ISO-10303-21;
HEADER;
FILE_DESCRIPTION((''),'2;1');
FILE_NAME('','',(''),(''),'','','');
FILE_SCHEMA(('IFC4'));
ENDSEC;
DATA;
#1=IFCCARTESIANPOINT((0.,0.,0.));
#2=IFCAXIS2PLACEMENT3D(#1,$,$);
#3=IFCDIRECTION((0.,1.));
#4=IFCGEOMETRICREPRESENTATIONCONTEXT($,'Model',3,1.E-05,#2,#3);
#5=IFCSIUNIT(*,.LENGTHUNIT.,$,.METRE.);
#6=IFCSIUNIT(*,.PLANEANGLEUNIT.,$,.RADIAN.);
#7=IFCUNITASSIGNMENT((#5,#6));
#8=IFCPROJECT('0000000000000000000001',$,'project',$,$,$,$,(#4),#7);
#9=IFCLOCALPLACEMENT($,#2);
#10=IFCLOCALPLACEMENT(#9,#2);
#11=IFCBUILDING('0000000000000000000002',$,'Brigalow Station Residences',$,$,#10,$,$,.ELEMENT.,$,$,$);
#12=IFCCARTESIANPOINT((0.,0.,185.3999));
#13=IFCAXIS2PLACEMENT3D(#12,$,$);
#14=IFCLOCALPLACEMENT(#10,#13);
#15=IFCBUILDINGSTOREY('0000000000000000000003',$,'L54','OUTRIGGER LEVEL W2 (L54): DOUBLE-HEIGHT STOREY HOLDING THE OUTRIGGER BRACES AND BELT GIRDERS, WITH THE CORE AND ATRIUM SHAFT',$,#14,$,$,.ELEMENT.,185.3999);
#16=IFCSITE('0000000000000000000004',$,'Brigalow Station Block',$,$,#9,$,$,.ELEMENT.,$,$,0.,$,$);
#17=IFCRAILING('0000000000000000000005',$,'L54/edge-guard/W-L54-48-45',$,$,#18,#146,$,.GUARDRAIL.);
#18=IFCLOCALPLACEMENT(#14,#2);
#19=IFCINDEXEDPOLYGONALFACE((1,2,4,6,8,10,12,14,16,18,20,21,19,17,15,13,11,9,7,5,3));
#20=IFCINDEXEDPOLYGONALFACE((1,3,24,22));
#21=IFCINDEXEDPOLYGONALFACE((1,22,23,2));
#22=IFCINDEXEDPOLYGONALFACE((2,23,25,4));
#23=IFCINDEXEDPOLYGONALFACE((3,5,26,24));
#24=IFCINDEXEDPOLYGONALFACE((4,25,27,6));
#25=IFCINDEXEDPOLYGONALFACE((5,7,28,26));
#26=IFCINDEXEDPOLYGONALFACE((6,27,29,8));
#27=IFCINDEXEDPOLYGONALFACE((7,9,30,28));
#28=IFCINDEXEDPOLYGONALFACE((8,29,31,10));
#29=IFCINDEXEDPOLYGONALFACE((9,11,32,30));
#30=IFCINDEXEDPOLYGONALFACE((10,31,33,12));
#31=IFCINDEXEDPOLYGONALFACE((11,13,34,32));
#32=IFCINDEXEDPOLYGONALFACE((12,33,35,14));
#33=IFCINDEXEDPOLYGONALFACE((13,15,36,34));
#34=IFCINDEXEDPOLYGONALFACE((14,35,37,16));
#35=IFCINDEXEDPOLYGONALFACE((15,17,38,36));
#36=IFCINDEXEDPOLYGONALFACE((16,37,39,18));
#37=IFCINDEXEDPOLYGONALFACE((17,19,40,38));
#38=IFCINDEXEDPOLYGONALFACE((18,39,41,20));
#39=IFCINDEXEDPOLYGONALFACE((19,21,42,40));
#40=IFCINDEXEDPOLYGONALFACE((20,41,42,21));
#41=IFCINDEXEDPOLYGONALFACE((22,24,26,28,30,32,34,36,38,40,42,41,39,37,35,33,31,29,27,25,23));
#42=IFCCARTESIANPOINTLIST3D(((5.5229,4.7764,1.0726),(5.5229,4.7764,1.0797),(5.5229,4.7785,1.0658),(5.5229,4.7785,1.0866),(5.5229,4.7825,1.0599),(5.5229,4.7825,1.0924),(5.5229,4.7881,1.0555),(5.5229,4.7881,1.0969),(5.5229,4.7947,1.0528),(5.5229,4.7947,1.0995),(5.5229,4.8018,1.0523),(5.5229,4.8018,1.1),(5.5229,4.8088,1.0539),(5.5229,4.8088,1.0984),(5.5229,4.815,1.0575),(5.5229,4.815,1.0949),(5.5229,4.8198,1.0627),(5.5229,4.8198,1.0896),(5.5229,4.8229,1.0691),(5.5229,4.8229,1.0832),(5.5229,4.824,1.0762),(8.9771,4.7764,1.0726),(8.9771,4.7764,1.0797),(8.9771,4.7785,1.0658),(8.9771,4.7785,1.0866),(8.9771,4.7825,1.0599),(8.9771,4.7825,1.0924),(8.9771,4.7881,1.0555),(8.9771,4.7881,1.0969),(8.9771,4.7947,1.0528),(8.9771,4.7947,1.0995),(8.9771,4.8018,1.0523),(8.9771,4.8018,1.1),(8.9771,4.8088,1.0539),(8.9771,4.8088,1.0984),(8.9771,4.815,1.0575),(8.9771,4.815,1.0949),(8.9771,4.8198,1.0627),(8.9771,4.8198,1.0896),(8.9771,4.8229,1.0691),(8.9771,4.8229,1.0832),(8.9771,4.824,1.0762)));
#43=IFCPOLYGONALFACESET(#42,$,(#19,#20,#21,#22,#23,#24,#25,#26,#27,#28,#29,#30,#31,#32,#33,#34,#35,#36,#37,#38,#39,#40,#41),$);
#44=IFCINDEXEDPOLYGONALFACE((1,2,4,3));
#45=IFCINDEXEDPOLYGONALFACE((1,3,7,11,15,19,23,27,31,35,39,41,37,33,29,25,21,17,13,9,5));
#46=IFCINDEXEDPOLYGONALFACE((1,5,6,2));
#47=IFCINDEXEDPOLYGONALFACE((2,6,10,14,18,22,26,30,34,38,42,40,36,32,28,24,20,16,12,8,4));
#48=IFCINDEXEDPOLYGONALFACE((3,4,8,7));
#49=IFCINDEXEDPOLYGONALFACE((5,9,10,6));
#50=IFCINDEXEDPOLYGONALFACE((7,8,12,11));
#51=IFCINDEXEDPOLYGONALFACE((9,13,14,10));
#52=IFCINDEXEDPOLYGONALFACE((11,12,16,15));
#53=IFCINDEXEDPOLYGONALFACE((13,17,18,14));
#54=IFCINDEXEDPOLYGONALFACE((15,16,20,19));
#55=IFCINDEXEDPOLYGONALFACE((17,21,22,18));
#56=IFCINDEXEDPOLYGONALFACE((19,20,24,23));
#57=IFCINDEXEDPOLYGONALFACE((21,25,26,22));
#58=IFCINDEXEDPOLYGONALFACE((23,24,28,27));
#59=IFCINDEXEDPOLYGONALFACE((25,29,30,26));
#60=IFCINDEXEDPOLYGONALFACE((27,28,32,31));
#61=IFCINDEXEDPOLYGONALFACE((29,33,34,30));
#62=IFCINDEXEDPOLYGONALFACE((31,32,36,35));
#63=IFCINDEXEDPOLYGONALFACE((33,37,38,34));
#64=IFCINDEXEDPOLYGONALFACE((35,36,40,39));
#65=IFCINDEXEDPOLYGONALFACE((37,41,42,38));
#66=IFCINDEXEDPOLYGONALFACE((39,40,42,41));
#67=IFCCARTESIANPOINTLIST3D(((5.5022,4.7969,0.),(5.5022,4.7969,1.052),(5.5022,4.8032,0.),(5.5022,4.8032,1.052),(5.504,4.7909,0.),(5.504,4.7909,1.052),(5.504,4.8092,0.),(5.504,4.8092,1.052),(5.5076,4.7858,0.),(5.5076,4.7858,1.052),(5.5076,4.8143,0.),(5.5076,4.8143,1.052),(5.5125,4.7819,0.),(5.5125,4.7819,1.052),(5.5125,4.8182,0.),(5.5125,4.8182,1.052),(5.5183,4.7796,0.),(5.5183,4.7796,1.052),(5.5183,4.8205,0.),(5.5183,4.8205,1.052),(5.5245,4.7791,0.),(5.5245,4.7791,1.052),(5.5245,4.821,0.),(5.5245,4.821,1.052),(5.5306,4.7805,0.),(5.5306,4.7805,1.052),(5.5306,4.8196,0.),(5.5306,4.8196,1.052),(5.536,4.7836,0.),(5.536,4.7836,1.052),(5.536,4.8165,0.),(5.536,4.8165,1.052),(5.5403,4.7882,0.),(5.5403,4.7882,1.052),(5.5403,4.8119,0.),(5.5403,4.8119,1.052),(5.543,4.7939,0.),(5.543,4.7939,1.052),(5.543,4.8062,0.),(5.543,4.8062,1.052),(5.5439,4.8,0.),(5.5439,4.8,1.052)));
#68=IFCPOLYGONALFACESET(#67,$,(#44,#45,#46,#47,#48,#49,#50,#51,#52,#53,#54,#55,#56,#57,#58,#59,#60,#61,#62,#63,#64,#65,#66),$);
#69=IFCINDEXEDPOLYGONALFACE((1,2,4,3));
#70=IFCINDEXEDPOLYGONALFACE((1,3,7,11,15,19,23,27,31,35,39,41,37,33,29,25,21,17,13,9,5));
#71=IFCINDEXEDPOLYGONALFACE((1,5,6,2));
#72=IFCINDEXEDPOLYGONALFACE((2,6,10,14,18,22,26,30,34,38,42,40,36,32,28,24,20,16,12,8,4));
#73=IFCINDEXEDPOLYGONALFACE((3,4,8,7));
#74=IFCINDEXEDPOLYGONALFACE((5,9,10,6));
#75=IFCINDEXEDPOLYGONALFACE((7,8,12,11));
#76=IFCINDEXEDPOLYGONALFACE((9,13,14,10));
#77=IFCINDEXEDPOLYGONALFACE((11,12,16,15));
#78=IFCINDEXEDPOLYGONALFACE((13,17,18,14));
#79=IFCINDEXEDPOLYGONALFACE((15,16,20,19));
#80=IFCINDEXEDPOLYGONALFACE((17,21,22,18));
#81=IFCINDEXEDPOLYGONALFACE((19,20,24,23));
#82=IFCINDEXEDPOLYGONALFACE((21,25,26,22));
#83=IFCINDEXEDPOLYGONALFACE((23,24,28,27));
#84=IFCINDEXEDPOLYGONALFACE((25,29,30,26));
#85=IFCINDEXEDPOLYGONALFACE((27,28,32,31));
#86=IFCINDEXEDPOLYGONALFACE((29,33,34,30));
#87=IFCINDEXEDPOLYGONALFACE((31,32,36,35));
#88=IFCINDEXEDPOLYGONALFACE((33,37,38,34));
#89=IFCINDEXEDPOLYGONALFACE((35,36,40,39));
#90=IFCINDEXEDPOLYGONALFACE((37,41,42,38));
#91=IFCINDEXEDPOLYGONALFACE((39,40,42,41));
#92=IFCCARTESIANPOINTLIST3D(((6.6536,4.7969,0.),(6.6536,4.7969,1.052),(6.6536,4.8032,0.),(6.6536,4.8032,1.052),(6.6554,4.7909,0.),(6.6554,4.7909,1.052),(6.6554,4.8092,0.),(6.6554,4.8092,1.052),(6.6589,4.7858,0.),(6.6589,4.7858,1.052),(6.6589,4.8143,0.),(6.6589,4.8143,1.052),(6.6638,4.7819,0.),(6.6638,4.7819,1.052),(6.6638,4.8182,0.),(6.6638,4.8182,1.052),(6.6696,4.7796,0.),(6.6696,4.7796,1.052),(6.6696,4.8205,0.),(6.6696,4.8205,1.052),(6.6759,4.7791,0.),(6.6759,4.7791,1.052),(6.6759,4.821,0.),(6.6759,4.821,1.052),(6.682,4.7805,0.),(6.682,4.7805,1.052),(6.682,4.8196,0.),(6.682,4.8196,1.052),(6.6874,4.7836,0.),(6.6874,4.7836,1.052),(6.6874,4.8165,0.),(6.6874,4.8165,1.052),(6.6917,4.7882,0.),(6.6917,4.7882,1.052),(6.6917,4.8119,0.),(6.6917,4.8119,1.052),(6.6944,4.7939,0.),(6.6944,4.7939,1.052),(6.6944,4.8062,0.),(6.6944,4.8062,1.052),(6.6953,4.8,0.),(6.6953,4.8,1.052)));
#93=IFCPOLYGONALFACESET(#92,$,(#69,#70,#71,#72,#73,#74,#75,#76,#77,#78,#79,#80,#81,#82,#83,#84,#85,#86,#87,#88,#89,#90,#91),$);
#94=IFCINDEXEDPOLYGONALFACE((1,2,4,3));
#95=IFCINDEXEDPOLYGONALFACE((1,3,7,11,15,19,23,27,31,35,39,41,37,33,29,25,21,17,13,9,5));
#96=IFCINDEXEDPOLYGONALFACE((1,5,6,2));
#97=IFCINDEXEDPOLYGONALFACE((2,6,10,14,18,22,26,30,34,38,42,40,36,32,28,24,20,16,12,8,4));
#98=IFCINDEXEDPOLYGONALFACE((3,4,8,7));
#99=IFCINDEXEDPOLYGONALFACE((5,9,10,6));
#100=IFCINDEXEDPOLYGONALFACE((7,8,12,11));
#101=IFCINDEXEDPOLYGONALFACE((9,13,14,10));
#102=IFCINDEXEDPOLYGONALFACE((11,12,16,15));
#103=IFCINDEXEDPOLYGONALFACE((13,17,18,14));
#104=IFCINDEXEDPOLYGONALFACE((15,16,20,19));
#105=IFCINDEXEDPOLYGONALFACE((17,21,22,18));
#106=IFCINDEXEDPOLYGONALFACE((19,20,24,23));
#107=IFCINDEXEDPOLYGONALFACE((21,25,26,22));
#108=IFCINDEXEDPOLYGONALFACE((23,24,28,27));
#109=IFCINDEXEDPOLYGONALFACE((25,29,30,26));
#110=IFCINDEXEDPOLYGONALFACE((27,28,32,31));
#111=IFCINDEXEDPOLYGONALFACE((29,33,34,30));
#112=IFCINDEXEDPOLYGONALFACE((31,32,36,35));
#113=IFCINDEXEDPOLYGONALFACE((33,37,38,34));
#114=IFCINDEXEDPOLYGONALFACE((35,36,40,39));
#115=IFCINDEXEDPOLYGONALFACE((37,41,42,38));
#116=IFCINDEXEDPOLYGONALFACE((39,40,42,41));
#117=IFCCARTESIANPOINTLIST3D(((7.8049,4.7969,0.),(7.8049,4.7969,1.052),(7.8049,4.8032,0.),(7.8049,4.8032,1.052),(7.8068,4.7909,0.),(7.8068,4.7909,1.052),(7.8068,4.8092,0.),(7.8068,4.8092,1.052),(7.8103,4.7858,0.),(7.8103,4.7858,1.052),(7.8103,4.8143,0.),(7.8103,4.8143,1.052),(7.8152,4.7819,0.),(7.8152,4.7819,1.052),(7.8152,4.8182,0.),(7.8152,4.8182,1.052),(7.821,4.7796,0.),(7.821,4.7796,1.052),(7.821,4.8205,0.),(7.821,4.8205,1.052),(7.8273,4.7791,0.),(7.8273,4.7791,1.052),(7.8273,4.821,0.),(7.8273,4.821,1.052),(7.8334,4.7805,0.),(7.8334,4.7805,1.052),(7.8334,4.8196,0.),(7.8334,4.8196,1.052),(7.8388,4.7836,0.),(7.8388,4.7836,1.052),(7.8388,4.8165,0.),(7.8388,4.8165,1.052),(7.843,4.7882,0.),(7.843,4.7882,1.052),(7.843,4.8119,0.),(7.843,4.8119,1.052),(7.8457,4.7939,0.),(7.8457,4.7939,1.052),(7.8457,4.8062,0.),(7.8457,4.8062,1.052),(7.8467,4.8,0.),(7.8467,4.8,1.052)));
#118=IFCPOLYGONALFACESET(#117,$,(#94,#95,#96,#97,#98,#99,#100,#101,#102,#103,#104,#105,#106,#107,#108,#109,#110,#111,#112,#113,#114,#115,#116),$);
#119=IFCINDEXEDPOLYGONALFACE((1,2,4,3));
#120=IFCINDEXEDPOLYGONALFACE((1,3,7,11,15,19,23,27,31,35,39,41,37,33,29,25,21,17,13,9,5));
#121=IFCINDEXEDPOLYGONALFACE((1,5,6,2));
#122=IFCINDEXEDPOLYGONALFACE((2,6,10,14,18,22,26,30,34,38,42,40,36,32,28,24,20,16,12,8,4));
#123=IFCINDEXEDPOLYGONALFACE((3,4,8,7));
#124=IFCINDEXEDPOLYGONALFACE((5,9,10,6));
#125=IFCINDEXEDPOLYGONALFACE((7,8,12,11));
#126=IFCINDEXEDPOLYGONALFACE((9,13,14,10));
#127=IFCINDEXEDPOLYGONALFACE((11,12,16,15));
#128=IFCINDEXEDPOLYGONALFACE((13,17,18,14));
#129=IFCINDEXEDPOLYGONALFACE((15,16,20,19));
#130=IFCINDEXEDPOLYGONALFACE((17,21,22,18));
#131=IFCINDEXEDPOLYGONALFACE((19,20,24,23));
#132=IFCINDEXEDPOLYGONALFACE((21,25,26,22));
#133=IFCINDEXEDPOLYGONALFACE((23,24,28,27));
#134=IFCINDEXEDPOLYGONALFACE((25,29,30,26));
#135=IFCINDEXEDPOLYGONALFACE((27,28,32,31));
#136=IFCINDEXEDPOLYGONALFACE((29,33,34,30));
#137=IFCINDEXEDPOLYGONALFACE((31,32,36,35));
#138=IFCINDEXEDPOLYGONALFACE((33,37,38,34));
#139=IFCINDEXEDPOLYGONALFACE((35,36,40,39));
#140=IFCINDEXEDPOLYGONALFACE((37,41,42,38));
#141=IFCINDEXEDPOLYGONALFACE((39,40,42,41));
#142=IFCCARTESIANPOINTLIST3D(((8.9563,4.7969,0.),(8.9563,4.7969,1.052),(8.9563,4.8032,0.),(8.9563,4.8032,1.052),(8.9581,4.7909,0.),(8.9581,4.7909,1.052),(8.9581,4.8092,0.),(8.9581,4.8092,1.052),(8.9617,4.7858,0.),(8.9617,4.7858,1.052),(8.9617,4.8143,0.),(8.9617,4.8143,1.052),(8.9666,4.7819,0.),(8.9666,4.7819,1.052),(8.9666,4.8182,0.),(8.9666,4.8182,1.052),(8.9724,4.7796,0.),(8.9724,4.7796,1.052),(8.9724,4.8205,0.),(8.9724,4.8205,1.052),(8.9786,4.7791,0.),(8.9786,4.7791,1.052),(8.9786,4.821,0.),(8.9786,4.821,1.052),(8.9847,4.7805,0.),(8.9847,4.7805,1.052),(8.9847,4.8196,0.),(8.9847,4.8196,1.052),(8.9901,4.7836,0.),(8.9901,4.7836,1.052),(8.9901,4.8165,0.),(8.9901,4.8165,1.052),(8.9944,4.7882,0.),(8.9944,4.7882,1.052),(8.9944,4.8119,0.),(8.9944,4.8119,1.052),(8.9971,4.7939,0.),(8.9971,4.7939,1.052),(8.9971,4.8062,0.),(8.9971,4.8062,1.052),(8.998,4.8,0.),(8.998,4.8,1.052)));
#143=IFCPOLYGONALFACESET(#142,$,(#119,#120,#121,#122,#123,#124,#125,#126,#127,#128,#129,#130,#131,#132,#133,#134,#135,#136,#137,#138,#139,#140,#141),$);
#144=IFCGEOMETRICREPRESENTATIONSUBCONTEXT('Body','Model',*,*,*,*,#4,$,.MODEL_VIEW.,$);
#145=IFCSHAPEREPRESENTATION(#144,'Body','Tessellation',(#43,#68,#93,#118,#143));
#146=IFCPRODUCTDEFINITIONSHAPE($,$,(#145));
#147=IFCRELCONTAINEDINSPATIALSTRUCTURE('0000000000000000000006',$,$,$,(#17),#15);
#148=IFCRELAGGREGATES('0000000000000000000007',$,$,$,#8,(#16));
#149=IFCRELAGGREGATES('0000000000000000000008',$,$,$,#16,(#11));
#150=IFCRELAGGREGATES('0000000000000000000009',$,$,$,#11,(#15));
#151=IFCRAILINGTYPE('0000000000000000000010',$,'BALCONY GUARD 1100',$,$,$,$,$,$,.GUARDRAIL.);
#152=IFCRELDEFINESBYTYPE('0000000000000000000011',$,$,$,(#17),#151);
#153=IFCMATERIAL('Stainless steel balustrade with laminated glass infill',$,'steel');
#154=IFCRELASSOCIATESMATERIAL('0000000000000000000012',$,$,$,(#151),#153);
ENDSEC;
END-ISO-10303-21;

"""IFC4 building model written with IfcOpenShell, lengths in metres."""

from ifc_helpers import new_model, si_unit, direction, frame, origin, origin_2d, place, context, subcontext, project, spatial, circle, extrude, material, type_object, element, save


model = new_model("IFC4")

# Units and contexts
model_context = context("Model", 3, precision=1e-05, world=origin(), true_north=direction((0.0, 1.0)))
body_context = subcontext(model_context, "Body", "Model", "MODEL_VIEW")
ifc_project = project(units=[si_unit("LENGTHUNIT", "METRE"), si_unit("PLANEANGLEUNIT", "RADIAN")], contexts=[model_context])

# Site, building, storey
site_placement = place(None, origin())
site = spatial("IfcSite", under=ifc_project, at=site_placement, Name="Brigalow Station Block", CompositionType="ELEMENT", RefElevation=0.0)
building_placement = place(site_placement, origin())
building = spatial("IfcBuilding", under=site, at=building_placement, Name="Brigalow Station Residences", CompositionType="ELEMENT")
storey_placement = place(building_placement, frame((0.0, 0.0, 185.3999)))
storey = spatial("IfcBuildingStorey", under=building, at=storey_placement, Name="L54", Description="OUTRIGGER LEVEL W2 (L54): DOUBLE-HEIGHT STOREY HOLDING THE OUTRIGGER BRACES AND BELT GIRDERS, WITH THE CORE AND ATRIUM SHAFT", CompositionType="ELEMENT", Elevation=185.3999)

# Railing
ifc_material_1 = material(Name="Stainless steel balustrade with laminated glass infill", Category="steel")
railing_type = type_object("IfcRailingType", Name="BALCONY GUARD 1100", PredefinedType="GUARDRAIL", material=ifc_material_1)
railing_1_placement = place(storey_placement, frame((5.5229, 4.8, 0.0)))
element("IfcRailing", 1, at=railing_1_placement, inside=storey, type_object=railing_type, Name="L54/edge-guard/W-L54-48-45", PredefinedType="GUARDRAIL", context=body_context, shape_type="SweptSolid", body=[
    extrude(circle(Radius=0.0239, at=origin_2d()), frame((0.0, 0.0, 1.0762), z_axis=(1.0, 0.0, 0.0), x_axis=(0.0, 1.0, 0.0)), (0.0, 0.0, 1.0), 3.4541),
    extrude(circle(Radius=0.021, at=origin_2d()), origin(), (0.0, 0.0, 1.0), 1.052),
    extrude(circle(Radius=0.021, at=origin_2d()), frame((1.1514, 0.0, 0.0)), (0.0, 0.0, 1.0), 1.052),
    extrude(circle(Radius=0.021, at=origin_2d()), frame((2.3027, 0.0, 0.0)), (0.0, 0.0, 1.0), 1.052),
    extrude(circle(Radius=0.021, at=origin_2d()), frame((3.4541, 0.0, 0.0)), (0.0, 0.0, 1.0), 1.052),
])

save(model, "model.ifc")
